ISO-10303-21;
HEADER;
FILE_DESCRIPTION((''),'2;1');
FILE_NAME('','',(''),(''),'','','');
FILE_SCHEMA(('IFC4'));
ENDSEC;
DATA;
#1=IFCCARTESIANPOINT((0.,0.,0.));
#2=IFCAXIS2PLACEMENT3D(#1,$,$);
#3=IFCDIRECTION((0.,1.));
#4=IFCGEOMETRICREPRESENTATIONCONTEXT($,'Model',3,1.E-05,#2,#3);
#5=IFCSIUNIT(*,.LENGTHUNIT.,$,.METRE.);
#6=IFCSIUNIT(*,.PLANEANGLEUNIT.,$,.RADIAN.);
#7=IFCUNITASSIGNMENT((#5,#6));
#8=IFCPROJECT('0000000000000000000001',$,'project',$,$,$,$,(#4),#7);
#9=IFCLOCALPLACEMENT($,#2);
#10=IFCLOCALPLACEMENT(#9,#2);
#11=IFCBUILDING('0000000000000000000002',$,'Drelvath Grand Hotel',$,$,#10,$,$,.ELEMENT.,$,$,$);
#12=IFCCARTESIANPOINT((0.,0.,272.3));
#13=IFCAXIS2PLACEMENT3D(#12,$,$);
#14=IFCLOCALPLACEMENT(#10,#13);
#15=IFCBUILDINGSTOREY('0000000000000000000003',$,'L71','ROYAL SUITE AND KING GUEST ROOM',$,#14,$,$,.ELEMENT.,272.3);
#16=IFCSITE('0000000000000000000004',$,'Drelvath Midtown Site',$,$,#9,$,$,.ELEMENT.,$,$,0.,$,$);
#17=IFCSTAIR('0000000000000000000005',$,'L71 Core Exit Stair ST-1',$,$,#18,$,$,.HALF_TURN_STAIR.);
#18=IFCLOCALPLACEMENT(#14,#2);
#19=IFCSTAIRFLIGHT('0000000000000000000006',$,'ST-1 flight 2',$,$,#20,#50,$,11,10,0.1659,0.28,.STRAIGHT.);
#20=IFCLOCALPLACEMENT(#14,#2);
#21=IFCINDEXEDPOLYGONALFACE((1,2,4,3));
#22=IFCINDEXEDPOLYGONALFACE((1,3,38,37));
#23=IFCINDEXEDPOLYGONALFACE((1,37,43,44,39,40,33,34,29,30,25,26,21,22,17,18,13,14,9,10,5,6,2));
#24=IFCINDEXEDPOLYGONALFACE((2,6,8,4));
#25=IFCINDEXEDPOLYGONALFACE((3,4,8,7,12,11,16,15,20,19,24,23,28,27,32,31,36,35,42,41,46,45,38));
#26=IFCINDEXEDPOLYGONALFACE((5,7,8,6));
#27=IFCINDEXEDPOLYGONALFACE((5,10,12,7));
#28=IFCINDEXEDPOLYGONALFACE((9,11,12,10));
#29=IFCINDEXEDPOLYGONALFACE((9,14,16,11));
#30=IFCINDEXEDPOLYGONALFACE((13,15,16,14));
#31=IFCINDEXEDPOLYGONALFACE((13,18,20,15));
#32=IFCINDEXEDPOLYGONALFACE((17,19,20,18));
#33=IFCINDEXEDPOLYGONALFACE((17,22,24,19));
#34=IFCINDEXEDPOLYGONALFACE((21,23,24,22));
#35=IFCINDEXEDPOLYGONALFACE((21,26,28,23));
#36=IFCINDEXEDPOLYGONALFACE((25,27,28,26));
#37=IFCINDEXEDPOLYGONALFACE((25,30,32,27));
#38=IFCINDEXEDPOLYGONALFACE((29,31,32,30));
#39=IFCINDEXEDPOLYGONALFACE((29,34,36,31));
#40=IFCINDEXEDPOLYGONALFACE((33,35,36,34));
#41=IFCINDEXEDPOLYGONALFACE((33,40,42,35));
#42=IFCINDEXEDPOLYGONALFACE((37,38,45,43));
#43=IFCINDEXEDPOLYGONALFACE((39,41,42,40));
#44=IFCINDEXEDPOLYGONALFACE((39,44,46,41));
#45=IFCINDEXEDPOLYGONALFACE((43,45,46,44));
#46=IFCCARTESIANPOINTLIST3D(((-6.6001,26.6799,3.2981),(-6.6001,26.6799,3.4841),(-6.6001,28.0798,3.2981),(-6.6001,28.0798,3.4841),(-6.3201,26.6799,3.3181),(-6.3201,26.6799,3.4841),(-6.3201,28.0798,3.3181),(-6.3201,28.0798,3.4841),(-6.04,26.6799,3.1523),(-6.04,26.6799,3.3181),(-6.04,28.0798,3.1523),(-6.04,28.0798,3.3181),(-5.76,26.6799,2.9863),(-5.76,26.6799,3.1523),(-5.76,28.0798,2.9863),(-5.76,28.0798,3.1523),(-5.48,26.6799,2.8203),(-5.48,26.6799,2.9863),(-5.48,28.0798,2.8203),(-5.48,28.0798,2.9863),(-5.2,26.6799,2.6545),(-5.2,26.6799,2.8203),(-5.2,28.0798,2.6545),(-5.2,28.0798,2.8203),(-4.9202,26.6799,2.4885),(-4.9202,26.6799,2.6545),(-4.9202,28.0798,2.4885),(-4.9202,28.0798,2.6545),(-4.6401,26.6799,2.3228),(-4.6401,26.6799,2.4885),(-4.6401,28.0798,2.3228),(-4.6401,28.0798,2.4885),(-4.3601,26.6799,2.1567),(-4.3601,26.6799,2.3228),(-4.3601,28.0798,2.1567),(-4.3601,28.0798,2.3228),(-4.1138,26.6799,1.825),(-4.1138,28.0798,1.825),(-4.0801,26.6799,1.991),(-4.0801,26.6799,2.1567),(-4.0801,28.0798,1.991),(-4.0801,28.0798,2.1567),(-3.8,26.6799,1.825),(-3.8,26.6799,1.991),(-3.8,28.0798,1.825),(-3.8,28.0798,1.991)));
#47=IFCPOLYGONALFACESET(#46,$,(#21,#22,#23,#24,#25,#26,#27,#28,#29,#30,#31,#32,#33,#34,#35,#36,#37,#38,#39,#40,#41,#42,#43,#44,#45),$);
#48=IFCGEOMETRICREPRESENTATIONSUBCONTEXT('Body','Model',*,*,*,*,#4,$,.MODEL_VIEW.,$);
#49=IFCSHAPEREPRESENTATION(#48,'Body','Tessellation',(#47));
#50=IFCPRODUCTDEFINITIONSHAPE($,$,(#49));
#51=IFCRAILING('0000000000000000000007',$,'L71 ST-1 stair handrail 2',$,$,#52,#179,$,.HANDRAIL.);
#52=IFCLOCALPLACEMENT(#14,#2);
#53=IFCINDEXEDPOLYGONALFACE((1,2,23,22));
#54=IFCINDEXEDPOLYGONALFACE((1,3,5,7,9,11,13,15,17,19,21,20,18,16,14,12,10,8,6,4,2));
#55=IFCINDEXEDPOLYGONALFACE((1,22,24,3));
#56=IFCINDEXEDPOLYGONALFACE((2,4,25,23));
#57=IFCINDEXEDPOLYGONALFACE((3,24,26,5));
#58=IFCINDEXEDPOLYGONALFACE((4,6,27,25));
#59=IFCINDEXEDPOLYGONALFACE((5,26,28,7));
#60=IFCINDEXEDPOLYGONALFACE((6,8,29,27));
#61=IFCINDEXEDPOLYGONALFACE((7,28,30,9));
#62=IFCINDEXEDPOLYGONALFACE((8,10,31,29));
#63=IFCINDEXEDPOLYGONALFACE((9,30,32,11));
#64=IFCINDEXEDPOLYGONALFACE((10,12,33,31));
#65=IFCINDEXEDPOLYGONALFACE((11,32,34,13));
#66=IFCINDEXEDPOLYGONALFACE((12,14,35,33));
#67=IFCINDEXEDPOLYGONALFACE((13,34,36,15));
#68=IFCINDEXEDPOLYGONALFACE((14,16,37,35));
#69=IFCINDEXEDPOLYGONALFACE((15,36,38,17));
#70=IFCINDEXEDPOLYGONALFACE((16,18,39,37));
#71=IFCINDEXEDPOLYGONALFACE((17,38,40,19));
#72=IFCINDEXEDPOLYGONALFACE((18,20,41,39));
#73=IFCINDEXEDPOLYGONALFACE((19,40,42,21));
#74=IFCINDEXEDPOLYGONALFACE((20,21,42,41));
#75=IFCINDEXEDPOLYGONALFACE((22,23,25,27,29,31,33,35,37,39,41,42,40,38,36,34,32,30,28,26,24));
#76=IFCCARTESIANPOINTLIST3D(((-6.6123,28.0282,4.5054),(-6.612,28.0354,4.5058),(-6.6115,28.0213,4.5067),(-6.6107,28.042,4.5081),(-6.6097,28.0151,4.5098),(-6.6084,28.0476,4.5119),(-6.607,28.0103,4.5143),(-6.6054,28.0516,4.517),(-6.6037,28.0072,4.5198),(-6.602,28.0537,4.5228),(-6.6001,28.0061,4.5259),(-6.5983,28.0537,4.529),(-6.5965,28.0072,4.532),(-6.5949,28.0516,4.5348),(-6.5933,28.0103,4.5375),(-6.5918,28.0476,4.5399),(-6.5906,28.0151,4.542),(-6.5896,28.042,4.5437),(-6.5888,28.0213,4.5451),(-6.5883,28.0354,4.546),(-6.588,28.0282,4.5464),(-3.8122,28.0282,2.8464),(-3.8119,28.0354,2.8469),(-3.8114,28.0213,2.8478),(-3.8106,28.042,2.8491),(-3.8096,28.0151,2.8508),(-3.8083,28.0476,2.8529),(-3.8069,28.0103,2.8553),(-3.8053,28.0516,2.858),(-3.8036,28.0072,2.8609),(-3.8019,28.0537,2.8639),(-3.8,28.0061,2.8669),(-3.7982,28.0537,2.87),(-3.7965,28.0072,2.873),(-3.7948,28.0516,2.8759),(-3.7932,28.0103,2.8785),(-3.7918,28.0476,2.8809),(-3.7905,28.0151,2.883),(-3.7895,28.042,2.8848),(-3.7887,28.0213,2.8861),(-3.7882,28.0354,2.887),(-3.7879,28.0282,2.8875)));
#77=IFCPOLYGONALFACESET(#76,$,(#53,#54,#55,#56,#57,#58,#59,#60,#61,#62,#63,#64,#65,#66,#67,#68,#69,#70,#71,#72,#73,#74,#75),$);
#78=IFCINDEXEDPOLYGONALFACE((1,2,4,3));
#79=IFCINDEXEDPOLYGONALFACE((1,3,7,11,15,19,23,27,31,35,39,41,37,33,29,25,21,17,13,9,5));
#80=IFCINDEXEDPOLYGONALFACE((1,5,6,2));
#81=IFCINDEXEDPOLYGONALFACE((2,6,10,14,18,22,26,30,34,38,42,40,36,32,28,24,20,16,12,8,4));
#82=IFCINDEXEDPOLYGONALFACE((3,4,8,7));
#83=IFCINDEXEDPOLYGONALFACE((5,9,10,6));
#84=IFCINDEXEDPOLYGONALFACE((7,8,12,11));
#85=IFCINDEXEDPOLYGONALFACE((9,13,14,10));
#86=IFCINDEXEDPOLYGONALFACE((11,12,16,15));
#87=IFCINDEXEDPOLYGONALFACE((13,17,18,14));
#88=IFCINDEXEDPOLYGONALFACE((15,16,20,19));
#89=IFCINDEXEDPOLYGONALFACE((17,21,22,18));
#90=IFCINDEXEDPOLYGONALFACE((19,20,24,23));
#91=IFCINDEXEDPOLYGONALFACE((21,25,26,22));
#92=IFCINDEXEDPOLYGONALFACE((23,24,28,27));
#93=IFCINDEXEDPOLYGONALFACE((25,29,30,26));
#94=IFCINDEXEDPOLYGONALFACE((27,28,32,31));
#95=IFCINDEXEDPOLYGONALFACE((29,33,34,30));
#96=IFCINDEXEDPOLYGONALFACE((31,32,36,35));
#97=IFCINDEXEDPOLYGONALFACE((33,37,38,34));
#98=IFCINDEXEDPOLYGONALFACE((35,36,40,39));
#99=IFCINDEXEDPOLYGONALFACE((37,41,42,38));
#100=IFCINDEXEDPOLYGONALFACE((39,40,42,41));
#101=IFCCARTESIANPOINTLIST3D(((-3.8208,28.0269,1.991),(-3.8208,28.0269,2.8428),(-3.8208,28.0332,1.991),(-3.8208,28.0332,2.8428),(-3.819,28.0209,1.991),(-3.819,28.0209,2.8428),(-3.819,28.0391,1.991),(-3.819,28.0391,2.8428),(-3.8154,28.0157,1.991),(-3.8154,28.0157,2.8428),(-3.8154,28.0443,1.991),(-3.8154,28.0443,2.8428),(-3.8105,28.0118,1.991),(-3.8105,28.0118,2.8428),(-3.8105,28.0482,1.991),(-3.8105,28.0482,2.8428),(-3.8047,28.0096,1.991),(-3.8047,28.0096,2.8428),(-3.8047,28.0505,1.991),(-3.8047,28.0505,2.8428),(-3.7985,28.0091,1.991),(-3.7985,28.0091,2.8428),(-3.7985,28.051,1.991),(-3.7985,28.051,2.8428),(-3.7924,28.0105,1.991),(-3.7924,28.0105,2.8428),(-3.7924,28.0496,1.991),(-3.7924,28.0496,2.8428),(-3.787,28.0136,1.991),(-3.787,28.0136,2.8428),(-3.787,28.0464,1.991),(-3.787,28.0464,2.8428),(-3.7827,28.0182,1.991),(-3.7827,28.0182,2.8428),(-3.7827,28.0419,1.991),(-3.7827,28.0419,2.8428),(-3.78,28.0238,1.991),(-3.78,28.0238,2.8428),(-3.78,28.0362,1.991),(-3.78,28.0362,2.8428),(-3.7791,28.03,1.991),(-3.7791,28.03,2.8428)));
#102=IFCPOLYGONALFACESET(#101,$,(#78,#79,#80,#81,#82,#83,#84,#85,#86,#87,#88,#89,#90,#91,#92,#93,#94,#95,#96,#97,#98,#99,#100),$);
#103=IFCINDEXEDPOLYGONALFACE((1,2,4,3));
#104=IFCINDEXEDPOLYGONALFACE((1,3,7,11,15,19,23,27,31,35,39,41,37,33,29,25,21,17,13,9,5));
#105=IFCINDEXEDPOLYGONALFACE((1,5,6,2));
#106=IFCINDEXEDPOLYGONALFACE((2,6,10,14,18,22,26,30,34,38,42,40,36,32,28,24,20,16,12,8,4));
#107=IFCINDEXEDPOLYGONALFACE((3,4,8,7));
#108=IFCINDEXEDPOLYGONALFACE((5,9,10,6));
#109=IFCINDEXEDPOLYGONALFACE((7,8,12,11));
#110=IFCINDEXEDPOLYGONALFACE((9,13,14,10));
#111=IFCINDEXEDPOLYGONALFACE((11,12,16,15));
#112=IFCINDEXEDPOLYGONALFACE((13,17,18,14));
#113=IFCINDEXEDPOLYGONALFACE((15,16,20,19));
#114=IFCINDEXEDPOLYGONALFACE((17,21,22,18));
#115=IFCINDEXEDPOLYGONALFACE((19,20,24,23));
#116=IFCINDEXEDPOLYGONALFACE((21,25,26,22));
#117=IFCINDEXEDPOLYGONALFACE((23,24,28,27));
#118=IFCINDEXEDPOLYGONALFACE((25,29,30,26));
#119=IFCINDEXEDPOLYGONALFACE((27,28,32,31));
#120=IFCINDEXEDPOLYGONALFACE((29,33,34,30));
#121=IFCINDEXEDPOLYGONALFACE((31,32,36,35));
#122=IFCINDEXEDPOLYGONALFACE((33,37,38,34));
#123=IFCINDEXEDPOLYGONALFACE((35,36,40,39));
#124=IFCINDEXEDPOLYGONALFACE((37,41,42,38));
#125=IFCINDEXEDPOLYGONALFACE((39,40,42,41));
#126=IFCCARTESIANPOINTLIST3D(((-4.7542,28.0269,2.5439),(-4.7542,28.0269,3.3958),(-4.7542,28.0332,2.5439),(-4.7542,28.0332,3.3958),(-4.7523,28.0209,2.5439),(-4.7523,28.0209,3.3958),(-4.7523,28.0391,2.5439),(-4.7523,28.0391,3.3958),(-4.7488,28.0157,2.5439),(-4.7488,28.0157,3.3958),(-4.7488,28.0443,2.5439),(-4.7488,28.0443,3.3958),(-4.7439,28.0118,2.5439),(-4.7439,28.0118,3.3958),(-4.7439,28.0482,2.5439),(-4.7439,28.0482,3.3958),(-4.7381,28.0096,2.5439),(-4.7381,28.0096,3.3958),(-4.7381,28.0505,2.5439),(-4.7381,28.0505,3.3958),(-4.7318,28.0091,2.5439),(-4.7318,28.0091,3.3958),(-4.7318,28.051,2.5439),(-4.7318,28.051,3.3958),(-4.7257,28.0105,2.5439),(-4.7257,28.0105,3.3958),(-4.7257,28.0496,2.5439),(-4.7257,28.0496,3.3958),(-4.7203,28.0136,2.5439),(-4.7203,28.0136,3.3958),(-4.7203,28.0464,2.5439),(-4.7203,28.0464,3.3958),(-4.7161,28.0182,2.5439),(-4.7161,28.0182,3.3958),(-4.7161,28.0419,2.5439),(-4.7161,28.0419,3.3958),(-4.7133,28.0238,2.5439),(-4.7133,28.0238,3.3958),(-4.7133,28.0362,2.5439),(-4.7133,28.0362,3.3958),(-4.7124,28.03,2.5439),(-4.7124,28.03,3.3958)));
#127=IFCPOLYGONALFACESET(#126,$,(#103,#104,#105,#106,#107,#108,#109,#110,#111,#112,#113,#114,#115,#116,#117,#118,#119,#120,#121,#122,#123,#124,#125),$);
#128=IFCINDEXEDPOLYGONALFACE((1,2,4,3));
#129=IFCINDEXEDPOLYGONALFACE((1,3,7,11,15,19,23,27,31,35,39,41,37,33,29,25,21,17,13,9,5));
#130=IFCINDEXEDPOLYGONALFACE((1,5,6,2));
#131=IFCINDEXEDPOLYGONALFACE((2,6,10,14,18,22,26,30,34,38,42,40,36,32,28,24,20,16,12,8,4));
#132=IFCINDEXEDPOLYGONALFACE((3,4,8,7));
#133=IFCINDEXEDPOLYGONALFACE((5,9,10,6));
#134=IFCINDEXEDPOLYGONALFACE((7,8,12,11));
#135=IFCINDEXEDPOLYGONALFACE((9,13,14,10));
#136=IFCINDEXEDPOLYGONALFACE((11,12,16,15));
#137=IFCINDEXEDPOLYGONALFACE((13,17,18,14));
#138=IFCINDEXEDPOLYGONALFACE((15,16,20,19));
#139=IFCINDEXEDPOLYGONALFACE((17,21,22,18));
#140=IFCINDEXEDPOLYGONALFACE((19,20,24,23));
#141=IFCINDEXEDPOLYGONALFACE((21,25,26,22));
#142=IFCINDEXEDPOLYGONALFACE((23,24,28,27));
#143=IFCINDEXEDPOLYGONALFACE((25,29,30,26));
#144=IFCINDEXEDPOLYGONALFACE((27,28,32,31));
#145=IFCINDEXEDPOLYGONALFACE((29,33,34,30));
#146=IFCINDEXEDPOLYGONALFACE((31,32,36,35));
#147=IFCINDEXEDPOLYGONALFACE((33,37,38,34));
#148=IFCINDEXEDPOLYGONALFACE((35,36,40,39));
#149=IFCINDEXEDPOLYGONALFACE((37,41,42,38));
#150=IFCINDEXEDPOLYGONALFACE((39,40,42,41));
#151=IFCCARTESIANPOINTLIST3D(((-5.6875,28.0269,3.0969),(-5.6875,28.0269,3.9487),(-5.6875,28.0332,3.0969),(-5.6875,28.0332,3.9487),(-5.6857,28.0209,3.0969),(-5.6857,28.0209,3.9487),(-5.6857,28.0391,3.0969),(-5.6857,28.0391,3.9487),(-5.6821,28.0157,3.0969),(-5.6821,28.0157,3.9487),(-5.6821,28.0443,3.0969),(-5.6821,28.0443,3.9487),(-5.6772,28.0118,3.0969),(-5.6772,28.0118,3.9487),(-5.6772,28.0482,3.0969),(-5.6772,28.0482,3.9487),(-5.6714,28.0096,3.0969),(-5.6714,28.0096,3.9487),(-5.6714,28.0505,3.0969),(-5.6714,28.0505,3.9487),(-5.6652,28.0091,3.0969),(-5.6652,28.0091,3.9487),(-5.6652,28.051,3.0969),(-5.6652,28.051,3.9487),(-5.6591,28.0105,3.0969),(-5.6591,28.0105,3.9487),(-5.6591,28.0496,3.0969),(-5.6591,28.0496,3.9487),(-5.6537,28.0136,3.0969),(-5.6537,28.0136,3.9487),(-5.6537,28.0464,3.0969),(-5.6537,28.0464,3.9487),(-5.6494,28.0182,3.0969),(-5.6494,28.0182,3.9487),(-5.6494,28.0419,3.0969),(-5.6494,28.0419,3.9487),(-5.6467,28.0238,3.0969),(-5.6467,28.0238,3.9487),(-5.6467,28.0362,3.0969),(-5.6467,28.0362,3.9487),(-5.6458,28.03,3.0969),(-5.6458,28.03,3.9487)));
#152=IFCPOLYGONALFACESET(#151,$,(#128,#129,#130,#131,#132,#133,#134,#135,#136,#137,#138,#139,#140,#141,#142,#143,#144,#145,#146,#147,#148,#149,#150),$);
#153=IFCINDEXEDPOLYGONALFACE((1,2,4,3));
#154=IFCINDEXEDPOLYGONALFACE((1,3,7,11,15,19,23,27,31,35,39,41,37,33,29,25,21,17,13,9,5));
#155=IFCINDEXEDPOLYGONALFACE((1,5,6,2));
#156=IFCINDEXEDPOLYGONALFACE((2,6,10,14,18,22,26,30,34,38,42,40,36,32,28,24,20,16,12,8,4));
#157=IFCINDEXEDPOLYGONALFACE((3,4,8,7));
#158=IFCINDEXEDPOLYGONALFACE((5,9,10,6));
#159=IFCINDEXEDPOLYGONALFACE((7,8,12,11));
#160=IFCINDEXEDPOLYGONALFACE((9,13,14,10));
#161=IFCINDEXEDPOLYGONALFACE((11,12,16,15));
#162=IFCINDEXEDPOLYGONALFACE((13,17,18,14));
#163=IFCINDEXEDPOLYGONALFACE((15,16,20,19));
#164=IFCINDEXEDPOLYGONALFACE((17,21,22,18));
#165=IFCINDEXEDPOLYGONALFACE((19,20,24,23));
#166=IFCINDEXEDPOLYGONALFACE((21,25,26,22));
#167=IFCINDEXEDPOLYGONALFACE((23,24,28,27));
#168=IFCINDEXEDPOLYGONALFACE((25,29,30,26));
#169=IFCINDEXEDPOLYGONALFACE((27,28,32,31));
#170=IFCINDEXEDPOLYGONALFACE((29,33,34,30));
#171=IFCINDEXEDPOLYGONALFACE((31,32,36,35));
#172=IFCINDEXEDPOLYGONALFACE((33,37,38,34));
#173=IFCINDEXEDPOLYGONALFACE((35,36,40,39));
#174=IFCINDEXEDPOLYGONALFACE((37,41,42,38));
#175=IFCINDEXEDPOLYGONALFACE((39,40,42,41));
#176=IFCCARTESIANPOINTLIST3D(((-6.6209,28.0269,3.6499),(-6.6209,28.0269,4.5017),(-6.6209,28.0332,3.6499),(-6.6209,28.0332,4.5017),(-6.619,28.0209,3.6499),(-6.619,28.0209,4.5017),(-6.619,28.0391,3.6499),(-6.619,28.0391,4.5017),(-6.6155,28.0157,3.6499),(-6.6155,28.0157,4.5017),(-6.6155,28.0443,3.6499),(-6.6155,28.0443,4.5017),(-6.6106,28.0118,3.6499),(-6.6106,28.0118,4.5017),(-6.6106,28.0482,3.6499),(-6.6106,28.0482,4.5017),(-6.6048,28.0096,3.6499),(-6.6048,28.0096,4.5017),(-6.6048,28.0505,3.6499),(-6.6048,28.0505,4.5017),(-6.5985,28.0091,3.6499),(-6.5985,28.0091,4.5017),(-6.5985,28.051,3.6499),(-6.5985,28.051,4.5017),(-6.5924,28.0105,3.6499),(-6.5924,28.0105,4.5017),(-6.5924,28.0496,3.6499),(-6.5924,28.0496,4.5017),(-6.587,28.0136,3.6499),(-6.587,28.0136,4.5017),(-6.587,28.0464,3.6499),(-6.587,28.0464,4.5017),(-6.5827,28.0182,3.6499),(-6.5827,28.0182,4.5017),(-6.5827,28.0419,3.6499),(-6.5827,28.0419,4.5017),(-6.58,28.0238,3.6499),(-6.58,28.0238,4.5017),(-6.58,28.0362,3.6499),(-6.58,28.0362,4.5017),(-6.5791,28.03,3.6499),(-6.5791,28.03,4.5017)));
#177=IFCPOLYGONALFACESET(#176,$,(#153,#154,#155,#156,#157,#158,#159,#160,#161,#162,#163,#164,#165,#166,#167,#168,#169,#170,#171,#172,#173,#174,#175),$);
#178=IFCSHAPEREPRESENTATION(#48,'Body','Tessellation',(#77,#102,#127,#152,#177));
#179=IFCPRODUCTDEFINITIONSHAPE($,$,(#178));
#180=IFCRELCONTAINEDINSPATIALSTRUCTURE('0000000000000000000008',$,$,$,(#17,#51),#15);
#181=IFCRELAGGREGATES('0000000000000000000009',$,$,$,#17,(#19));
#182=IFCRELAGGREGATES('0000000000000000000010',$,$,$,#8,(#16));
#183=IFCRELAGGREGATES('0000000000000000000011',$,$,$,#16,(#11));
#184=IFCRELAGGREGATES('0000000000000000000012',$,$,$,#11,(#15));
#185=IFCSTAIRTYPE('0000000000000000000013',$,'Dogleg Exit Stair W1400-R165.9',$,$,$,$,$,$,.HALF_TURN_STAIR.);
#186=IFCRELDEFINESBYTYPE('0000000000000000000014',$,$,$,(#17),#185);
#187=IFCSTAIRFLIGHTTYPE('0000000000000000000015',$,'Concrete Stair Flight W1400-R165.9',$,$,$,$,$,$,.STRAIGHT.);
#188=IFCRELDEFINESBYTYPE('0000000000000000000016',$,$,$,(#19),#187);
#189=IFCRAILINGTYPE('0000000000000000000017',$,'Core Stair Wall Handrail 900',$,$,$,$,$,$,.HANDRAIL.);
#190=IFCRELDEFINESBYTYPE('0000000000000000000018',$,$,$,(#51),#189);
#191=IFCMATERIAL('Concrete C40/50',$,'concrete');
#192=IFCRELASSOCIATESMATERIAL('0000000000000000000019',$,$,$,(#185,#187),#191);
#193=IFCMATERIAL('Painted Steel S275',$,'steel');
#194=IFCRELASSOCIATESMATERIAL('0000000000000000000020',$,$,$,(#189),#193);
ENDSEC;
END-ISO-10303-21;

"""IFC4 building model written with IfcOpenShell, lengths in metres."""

from ifc_helpers import new_model, si_unit, direction, frame, origin, origin_2d, place, context, subcontext, project, spatial, polyline, circle, outline, extrude, material, type_object, element, aggregate, save


model = new_model("IFC4")

# Units and contexts
model_context = context("Model", 3, precision=1e-05, world=origin(), true_north=direction((0.0, 1.0)))
body_context = subcontext(model_context, "Body", "Model", "MODEL_VIEW")
ifc_project = project(units=[si_unit("LENGTHUNIT", "METRE"), si_unit("PLANEANGLEUNIT", "RADIAN")], contexts=[model_context])

# Site, building, storey
site_placement = place(None, origin())
site = spatial("IfcSite", under=ifc_project, at=site_placement, Name="Drelvath Midtown Site", CompositionType="ELEMENT", RefElevation=0.0)
building_placement = place(site_placement, origin())
building = spatial("IfcBuilding", under=site, at=building_placement, Name="Drelvath Grand Hotel", CompositionType="ELEMENT")
storey_placement = place(building_placement, frame((0.0, 0.0, 272.3)))
storey = spatial("IfcBuildingStorey", under=building, at=storey_placement, Name="L71", Description="ROYAL SUITE AND KING GUEST ROOM", CompositionType="ELEMENT", Elevation=272.3)

# Shared definitions
ifc_material_1 = material(Name="Painted Steel S275", Category="steel")

# Shared definitions
ifc_material_2 = material(Name="Concrete C40/50", Category="concrete")

# Stair, stair flight
stair_type = type_object("IfcStairType", Name="Dogleg Exit Stair W1400-R165.9", PredefinedType="HALF_TURN_STAIR", material=ifc_material_2)
stair_placement = place(storey_placement, origin())
stair = element("IfcStair", 1, at=stair_placement, inside=storey, type_object=stair_type, Name="L71 Core Exit Stair ST-1", PredefinedType="HALF_TURN_STAIR")
stair_flight_type = type_object("IfcStairFlightType", Name="Concrete Stair Flight W1400-R165.9", PredefinedType="STRAIGHT", material=ifc_material_2)
stair_flight_placement = place(storey_placement, frame((-3.8, 27.3799, 1.825), z_axis=(0.0, 0.0, 1.0), x_axis=(-1.0, 0.0, 0.0)))
stair_flight = element("IfcStairFlight", 2, at=stair_flight_placement, type_object=stair_flight_type, Name="ST-1 flight 2", NumberOfRisers=11, NumberOfTreads=10, PredefinedType="STRAIGHT", RiserHeight=0.1659, TreadLength=0.28, context=body_context, shape_type="SweptSolid", body=[
    extrude(outline(polyline([(0.0, 0.0), (0.0, 0.166), (0.28, 0.166), (0.28, 0.3318), (0.5601, 0.3318), (0.5601, 0.4978), (0.8401, 0.4978), (0.8401, 0.6636), (1.1201, 0.6636), (1.1201, 0.8296), (1.3999, 0.8296), (1.3999, 0.9954), (1.6799, 0.9954), (1.6799, 1.1614), (1.96, 1.1614), (1.96, 1.3274), (2.24, 1.3274), (2.24, 1.4932), (2.52, 1.4932), (2.52, 1.6592), (2.8, 1.6592), (2.8, 1.825), (2.8, 1.4731), (0.3137, 0.0), (0.0, 0.0)])), frame((0.0, 0.7, 0.0), z_axis=(0.0, -1.0, 0.0), x_axis=(1.0, 0.0, 0.0)), (0.0, 0.0, 1.0), 1.3999),
])
aggregate(stair, [stair_flight])

# Railing
railing_type = type_object("IfcRailingType", Name="Core Stair Wall Handrail 900", PredefinedType="HANDRAIL", material=ifc_material_1)
railing_placement = place(storey_placement, frame((-3.8, 28.03, 1.991)))
element("IfcRailing", 3, at=railing_placement, inside=storey, type_object=railing_type, Name="L71 ST-1 stair handrail 2", PredefinedType="HANDRAIL", context=body_context, shape_type="SweptSolid", body=[
    extrude(circle(Radius=0.0239, at=origin_2d()), frame((0.0, 0.0, 0.876), z_axis=(-0.860339, 0.0, 0.509722), x_axis=(0.0, -1.0, 0.0)), (0.0, 0.0, 1.0), 3.2546),
    extrude(circle(Radius=0.021, at=origin_2d()), origin(), (0.0, 0.0, 1.0), 0.8518),
    extrude(circle(Radius=0.021, at=origin_2d()), frame((-0.9333, 0.0, 0.553)), (0.0, 0.0, 1.0), 0.8518),
    extrude(circle(Radius=0.021, at=origin_2d()), frame((-1.8667, 0.0, 1.106)), (0.0, 0.0, 1.0), 0.8518),
    extrude(circle(Radius=0.021, at=origin_2d()), frame((-2.8, 0.0, 1.6589)), (0.0, 0.0, 1.0), 0.8518),
])

save(model, "model.ifc")
